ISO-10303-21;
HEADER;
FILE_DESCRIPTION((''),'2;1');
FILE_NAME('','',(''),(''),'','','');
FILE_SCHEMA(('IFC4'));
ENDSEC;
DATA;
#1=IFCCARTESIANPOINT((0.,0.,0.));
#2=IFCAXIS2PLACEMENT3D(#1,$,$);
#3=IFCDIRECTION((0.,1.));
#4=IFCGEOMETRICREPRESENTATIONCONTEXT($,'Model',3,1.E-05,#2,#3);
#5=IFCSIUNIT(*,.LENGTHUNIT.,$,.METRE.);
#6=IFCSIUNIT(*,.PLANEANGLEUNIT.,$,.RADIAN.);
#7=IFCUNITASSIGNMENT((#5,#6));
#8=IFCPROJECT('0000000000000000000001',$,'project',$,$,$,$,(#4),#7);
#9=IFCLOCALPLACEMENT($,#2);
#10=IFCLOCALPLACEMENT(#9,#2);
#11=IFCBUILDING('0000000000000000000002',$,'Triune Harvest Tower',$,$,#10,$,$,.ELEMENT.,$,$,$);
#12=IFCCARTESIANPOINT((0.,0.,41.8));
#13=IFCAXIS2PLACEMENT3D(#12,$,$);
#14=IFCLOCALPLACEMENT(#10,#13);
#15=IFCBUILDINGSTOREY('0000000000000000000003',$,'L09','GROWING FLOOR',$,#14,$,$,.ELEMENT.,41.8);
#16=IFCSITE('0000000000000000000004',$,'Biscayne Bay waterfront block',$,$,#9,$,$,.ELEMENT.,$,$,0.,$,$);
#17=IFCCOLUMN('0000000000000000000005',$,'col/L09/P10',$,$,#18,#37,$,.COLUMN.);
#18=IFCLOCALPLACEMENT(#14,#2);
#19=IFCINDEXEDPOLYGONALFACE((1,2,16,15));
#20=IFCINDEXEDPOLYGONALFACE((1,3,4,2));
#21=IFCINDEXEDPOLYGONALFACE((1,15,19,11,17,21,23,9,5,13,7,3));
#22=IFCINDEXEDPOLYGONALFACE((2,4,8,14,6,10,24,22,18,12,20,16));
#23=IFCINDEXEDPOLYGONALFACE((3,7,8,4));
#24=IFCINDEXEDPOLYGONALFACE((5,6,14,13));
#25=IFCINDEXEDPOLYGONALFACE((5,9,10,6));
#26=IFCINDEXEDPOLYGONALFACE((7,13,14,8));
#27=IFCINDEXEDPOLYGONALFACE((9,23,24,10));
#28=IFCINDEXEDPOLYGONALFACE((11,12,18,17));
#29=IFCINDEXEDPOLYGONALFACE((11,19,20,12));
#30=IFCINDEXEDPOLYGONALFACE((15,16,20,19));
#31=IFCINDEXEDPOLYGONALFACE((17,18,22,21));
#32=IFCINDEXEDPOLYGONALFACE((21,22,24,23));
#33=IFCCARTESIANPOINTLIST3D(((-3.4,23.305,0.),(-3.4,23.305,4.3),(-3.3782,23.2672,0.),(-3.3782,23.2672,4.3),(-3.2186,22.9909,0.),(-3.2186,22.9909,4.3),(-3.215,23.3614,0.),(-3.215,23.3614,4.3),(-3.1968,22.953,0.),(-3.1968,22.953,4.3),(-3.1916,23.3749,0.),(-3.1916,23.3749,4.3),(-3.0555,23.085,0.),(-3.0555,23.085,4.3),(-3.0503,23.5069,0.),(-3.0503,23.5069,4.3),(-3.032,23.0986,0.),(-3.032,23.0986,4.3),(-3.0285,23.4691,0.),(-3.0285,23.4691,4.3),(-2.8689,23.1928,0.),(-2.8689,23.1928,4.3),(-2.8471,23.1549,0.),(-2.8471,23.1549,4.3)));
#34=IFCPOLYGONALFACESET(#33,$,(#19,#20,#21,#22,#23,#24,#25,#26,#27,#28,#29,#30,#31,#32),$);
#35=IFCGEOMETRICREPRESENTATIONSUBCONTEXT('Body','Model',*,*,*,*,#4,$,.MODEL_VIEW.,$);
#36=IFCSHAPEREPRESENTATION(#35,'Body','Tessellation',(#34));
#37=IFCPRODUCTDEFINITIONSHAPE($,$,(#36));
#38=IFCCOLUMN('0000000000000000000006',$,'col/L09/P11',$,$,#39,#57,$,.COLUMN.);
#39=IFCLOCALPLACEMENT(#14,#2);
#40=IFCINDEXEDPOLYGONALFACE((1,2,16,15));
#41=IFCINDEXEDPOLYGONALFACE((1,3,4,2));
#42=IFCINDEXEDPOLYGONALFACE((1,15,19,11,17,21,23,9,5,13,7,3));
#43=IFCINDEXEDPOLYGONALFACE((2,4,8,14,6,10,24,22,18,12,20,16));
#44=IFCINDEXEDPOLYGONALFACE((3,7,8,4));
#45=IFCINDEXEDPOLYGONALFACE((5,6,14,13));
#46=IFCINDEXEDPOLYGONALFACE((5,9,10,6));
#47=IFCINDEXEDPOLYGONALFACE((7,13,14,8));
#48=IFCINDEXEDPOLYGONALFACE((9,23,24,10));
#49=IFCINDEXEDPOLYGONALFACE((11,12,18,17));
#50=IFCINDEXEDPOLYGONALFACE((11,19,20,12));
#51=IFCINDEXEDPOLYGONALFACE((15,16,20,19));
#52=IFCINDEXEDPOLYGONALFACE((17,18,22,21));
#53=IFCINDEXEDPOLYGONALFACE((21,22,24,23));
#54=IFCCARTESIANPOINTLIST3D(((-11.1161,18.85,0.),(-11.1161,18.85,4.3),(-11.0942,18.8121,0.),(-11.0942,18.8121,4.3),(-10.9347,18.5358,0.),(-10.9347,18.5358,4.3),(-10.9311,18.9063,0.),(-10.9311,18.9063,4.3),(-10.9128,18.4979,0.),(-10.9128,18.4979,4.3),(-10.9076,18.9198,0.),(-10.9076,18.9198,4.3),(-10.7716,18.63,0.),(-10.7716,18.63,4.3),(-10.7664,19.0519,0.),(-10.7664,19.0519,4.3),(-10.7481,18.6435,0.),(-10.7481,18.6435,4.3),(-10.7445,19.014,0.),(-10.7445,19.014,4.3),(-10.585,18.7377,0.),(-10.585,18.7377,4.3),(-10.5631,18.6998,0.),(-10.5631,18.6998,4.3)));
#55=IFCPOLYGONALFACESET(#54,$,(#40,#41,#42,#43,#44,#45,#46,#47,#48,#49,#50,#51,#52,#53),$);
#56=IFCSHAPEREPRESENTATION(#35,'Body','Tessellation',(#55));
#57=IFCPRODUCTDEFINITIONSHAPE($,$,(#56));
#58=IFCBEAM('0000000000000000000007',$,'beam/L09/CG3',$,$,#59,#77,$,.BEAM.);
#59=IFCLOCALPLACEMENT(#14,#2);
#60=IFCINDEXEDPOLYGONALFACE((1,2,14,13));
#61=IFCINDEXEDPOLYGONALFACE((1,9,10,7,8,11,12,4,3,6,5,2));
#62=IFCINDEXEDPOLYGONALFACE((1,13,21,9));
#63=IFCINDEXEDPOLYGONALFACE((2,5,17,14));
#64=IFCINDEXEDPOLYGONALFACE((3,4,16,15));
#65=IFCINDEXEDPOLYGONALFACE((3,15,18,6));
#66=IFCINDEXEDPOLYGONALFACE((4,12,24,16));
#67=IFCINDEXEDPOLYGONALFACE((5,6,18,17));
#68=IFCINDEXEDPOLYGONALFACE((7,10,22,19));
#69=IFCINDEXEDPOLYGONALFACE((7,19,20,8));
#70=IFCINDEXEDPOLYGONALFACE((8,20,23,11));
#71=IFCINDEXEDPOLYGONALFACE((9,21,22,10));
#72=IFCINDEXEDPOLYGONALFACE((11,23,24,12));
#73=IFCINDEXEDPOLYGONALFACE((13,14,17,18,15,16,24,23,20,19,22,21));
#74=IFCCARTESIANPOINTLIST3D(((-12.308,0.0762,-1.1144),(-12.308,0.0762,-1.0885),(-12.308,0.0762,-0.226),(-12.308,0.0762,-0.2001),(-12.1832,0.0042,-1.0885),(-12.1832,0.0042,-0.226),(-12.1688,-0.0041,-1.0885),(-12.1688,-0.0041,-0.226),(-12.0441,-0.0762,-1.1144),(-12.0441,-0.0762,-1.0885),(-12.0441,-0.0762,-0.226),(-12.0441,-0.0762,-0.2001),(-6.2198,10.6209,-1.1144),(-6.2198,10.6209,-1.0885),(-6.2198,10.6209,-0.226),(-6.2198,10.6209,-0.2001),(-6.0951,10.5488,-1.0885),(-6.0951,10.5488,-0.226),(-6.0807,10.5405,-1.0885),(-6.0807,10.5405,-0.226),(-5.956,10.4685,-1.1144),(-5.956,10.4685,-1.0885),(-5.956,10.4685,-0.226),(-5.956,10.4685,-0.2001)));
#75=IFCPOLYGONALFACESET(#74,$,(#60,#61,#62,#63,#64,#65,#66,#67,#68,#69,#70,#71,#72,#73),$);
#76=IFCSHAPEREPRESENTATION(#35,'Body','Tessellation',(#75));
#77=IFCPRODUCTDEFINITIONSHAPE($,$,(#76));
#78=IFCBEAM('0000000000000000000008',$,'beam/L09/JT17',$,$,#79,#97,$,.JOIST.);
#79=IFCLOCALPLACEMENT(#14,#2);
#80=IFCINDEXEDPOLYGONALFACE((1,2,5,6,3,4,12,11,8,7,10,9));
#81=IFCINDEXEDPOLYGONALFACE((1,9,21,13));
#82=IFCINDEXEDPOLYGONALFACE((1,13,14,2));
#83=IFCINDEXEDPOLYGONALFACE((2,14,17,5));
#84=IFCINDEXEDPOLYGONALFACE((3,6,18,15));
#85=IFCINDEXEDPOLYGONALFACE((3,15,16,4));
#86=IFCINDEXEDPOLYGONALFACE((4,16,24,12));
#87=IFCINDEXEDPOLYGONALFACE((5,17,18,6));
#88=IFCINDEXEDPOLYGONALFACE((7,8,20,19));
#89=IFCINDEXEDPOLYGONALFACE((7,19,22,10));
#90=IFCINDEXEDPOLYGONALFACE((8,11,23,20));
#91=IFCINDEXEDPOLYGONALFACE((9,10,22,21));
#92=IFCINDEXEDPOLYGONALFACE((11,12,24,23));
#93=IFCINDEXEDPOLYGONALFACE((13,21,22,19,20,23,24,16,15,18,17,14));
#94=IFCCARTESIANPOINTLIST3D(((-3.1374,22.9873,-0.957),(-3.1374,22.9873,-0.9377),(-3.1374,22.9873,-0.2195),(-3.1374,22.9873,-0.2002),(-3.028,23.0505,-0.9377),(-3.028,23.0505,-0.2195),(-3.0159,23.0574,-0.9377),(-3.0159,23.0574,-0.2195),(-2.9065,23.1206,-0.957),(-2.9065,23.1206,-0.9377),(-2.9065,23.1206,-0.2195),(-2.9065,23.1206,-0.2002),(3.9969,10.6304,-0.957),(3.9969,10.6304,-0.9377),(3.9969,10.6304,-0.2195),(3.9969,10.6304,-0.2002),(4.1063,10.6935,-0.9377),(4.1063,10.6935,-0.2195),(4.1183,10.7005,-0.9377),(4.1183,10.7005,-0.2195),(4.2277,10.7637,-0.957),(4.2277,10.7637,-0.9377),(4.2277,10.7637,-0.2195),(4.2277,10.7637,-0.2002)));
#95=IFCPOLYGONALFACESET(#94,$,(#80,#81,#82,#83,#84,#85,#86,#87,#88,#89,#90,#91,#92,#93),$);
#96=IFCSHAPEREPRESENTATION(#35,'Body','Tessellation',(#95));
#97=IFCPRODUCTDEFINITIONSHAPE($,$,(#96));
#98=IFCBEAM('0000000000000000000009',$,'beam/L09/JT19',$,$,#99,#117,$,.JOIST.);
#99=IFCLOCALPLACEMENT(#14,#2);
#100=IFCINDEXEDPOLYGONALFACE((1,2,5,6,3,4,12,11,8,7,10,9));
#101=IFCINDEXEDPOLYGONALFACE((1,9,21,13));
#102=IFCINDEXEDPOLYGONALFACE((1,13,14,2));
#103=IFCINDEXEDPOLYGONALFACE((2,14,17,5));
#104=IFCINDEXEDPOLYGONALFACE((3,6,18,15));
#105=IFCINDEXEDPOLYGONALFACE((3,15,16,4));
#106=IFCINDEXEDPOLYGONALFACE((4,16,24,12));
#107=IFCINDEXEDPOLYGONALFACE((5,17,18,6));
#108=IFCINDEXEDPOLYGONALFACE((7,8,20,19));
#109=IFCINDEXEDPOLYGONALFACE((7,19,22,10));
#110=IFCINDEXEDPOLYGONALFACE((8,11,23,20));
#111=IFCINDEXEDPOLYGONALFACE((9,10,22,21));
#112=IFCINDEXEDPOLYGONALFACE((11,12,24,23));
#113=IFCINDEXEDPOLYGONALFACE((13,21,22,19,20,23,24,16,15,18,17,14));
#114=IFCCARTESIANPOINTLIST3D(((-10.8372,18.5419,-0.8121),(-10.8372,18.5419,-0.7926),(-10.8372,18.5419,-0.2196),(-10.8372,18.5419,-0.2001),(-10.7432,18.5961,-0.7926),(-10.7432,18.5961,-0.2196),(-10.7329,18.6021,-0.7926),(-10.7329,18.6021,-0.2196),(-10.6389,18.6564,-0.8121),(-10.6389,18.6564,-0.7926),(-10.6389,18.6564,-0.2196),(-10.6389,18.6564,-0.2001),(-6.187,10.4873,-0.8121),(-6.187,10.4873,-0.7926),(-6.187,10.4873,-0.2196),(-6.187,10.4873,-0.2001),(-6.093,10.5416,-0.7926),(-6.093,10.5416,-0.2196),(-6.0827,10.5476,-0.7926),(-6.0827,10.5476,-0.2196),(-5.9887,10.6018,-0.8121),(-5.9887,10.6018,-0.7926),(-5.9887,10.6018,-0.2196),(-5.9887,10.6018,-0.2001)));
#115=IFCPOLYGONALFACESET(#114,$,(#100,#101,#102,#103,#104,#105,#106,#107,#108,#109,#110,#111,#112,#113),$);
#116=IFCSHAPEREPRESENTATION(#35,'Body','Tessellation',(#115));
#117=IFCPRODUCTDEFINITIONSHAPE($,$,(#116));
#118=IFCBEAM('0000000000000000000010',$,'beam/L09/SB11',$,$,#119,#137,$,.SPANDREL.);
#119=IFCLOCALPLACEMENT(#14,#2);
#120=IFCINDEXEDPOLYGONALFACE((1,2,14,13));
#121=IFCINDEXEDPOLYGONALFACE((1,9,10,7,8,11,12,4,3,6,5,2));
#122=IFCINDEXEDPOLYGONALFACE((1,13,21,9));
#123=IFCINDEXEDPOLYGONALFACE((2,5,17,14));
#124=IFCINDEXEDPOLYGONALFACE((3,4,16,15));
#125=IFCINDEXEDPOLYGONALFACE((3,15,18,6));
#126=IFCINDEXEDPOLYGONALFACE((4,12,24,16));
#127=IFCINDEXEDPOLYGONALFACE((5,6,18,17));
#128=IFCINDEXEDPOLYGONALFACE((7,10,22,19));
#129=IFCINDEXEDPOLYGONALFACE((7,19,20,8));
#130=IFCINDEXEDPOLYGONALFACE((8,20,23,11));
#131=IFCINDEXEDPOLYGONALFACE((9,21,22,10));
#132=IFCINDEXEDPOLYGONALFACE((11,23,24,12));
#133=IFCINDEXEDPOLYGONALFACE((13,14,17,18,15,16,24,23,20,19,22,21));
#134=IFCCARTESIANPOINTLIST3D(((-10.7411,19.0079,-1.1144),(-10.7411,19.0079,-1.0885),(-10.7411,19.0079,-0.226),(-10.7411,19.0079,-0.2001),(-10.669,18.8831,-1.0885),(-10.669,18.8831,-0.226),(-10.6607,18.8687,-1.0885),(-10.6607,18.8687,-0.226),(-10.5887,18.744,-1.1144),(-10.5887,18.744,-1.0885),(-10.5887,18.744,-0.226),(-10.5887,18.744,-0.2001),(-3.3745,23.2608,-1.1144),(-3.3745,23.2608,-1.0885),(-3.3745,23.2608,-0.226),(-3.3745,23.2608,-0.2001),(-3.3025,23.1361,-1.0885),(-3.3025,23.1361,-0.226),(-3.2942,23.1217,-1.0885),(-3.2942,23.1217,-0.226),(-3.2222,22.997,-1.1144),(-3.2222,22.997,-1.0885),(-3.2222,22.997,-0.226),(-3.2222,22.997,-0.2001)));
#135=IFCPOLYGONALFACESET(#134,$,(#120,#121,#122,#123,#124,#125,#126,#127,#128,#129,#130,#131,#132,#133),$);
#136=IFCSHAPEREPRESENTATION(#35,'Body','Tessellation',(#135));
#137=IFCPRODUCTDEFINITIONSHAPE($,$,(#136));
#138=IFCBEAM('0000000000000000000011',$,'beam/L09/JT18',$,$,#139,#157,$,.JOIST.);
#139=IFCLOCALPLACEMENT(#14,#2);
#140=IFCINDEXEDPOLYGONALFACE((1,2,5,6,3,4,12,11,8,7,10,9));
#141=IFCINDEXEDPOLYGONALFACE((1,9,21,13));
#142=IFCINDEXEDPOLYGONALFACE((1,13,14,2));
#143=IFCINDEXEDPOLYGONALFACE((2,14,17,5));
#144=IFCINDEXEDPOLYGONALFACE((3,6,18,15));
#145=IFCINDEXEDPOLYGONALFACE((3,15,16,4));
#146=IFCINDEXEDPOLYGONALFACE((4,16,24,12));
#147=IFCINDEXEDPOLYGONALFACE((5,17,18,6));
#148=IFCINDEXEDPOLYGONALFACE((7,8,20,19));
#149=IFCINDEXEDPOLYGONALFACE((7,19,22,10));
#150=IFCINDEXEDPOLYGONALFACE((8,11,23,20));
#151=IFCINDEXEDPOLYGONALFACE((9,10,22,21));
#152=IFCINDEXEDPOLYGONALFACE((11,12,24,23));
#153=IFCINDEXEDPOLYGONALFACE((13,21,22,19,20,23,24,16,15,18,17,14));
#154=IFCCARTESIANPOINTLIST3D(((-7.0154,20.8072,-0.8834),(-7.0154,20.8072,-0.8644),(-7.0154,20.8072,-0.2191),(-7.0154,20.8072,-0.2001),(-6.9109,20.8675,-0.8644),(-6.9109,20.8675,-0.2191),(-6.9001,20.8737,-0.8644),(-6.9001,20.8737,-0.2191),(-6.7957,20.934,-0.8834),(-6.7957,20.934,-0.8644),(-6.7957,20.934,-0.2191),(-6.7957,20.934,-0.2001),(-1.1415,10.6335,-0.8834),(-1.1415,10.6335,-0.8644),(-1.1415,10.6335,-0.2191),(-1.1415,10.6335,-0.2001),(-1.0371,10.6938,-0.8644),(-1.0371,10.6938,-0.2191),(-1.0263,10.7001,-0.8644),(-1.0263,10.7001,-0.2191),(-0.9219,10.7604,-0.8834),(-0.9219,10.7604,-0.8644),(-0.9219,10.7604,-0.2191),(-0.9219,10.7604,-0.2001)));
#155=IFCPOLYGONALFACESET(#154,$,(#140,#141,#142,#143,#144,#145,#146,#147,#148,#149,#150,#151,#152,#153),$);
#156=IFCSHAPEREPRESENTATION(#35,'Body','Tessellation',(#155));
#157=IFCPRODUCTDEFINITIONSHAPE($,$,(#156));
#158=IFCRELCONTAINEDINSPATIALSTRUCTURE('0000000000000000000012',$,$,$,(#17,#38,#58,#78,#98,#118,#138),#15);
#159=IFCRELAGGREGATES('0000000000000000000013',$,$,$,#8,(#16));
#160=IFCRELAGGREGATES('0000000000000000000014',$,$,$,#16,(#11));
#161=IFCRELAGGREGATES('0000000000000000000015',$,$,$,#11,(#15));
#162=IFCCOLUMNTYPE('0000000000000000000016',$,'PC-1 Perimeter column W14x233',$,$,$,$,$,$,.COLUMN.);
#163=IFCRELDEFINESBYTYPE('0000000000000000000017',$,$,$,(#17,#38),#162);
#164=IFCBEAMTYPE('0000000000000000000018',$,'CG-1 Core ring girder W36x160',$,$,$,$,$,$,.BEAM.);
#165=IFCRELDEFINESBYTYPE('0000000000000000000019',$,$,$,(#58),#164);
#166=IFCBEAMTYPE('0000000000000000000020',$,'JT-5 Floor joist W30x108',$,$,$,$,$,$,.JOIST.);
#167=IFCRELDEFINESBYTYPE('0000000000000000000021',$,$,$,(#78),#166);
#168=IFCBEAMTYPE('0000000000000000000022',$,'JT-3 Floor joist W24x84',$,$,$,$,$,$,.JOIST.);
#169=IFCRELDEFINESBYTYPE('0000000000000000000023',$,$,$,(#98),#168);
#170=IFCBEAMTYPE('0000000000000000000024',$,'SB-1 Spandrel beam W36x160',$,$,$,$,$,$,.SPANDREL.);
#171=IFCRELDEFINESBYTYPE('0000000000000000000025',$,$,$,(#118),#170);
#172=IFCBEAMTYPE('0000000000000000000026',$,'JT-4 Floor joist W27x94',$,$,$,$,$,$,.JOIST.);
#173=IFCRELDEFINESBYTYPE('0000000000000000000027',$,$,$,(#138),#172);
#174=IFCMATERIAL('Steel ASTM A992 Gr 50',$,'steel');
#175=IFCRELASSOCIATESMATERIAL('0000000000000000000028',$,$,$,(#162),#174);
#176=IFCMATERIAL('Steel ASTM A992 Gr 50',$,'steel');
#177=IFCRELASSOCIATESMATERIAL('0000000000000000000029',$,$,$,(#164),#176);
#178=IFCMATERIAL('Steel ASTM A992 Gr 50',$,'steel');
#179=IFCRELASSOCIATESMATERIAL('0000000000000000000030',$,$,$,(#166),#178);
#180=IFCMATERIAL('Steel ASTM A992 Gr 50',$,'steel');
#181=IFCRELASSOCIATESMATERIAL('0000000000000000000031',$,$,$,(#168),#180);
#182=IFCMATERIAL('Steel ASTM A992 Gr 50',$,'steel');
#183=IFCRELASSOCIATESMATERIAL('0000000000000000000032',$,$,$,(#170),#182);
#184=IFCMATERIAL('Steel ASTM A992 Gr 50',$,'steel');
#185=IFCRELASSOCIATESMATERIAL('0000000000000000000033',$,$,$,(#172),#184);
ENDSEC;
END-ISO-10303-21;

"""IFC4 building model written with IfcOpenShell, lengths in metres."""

from ifc_helpers import new_model, si_unit, direction, frame, origin, origin_2d, place, context, subcontext, project, spatial, i_section, extrude, source, transform, mapped, material, material_profile, profile_set, type_object, element, save


model = new_model("IFC4")

# Units and contexts
model_context = context("Model", 3, precision=1e-05, world=origin(), true_north=direction((0.0, 1.0)))
body_context = subcontext(model_context, "Body", "Model", "MODEL_VIEW")
ifc_project = project(units=[si_unit("LENGTHUNIT", "METRE"), si_unit("PLANEANGLEUNIT", "RADIAN")], contexts=[model_context])

# Site, building, storey
site_placement = place(None, origin())
site = spatial("IfcSite", under=ifc_project, at=site_placement, Name="Biscayne Bay waterfront block", CompositionType="ELEMENT", RefElevation=0.0)
building_placement = place(site_placement, origin())
building = spatial("IfcBuilding", under=site, at=building_placement, Name="Triune Harvest Tower", CompositionType="ELEMENT")
storey_placement = place(building_placement, frame((0.0, 0.0, 41.8)))
storey = spatial("IfcBuildingStorey", under=building, at=storey_placement, Name="L09", Description="GROWING FLOOR", CompositionType="ELEMENT", Elevation=41.8)

# Columns
ifc_material_1 = material(Name="Steel ASTM A992 Gr 50", Category="steel")
ifc_material_profile_1 = material_profile(ifc_material_1, i_section(OverallWidth=0.4038, OverallDepth=0.4065, WebThickness=0.0271, FlangeThickness=0.0437, at=origin_2d()), Name="W14x233")
ifc_profile_set_1 = profile_set([ifc_material_profile_1], Name="Steel ASTM A992 Gr 50")
column_type = type_object("IfcColumnType", Name="PC-1 Perimeter column W14x233", PredefinedType="COLUMN", material=ifc_profile_set_1)
shared_shape_1 = source(origin(), body_context, "Body", "SweptSolid", [
    extrude(i_section(OverallWidth=0.4038, OverallDepth=0.4065, WebThickness=0.0271, FlangeThickness=0.0437, at=origin_2d()), origin(), (0.0, 0.0, 1.0), 4.3),
])
for number, where, z_axis, x_axis, name in (
    (1, (-3.1235, 23.23, 0.0), (0.0, 0.0, 1.0), (-0.866025, -0.5, 0.0), "col/L09/P10"),
    (2, (-10.8396, 18.7749, 0.0), (0.0, 0.0, 1.0), (-0.866025, -0.5, 0.0), "col/L09/P11"),
):
    element("IfcColumn", number, at=place(storey_placement, frame(where, z_axis=z_axis, x_axis=x_axis)), inside=storey, type_object=column_type, Name=name, PredefinedType="COLUMN", context=body_context, shape_type="MappedRepresentation", body=[
        mapped(shared_shape_1, transform((0.0, 0.0, 0.0), scale=1.0)),
    ])

# Beams
ifc_material_2 = material(Name="Steel ASTM A992 Gr 50", Category="steel")
ifc_material_profile_2 = material_profile(ifc_material_2, i_section(OverallWidth=0.3047, OverallDepth=0.9143, WebThickness=0.0166, FlangeThickness=0.0259, at=origin_2d()), Name="W36x160")
ifc_profile_set_2 = profile_set([ifc_material_profile_2], Name="Steel ASTM A992 Gr 50")
beam_type_1 = type_object("IfcBeamType", Name="CG-1 Core ring girder W36x160", PredefinedType="BEAM", material=ifc_profile_set_2)
shared_shape_2 = source(origin(), body_context, "Body", "SweptSolid", [
    extrude(i_section(OverallWidth=0.3047, OverallDepth=0.9143, WebThickness=0.0166, FlangeThickness=0.0259, at=origin_2d()), origin(), (0.0, 0.0, 1.0), 12.176),
])
beam_1_placement = place(storey_placement, frame((-6.0879, 10.5447, -0.6572), z_axis=(-0.50001, -0.86602, 0.0), x_axis=(0.86602, -0.50001, 0.0)))
element("IfcBeam", 3, at=beam_1_placement, inside=storey, type_object=beam_type_1, Name="beam/L09/CG3", PredefinedType="BEAM", context=body_context, shape_type="MappedRepresentation", body=[
    mapped(shared_shape_2, transform((0.0, 0.0, 0.0), scale=1.0)),
])
ifc_material_3 = material(Name="Steel ASTM A992 Gr 50", Category="steel")
ifc_material_profile_3 = material_profile(ifc_material_3, i_section(OverallWidth=0.2666, OverallDepth=0.7568, WebThickness=0.0139, FlangeThickness=0.0193, at=origin_2d()), Name="W30x108")
ifc_profile_set_3 = profile_set([ifc_material_profile_3], Name="Steel ASTM A992 Gr 50")
beam_type_2 = type_object("IfcBeamType", Name="JT-5 Floor joist W30x108", PredefinedType="JOIST", material=ifc_profile_set_3)
shared_shape_3 = source(origin(), body_context, "Body", "SweptSolid", [
    extrude(i_section(OverallWidth=0.2666, OverallDepth=0.7568, WebThickness=0.0139, FlangeThickness=0.0193, at=origin_2d()), origin(), (0.0, 0.0, 1.0), 14.2686),
])
beam_2_placement = place(storey_placement, frame((-3.022, 23.054, -0.5786), z_axis=(0.5, -0.866025, 0.0), x_axis=(0.866025, 0.5, 0.0)))
element("IfcBeam", 4, at=beam_2_placement, inside=storey, type_object=beam_type_2, Name="beam/L09/JT17", PredefinedType="JOIST", context=body_context, shape_type="MappedRepresentation", body=[
    mapped(shared_shape_3, transform((0.0, 0.0, 0.0), scale=1.0)),
])
ifc_material_4 = material(Name="Steel ASTM A992 Gr 50", Category="steel")
ifc_material_profile_4 = material_profile(ifc_material_4, i_section(OverallWidth=0.229, OverallDepth=0.6121, WebThickness=0.012, FlangeThickness=0.0195, at=origin_2d()), Name="W24x84")
ifc_profile_set_4 = profile_set([ifc_material_profile_4], Name="Steel ASTM A992 Gr 50")
beam_type_3 = type_object("IfcBeamType", Name="JT-3 Floor joist W24x84", PredefinedType="JOIST", material=ifc_profile_set_4)
shared_shape_4 = source(origin(), body_context, "Body", "SweptSolid", [
    extrude(i_section(OverallWidth=0.229, OverallDepth=0.6121, WebThickness=0.012, FlangeThickness=0.0195, at=origin_2d()), origin(), (0.0, 0.0, 1.0), 9.3005),
])
beam_3_placement = place(storey_placement, frame((-10.738, 18.5991, -0.5061), z_axis=(0.499993, -0.86603, 0.0), x_axis=(0.86603, 0.499993, 0.0)))
element("IfcBeam", 5, at=beam_3_placement, inside=storey, type_object=beam_type_3, Name="beam/L09/JT19", PredefinedType="JOIST", context=body_context, shape_type="MappedRepresentation", body=[
    mapped(shared_shape_4, transform((0.0, 0.0, 0.0), scale=1.0)),
])
ifc_material_5 = material(Name="Steel ASTM A992 Gr 50", Category="steel")
ifc_material_profile_5 = material_profile(ifc_material_5, i_section(OverallWidth=0.3047, OverallDepth=0.9143, WebThickness=0.0166, FlangeThickness=0.0259, at=origin_2d()), Name="W36x160")
ifc_profile_set_5 = profile_set([ifc_material_profile_5], Name="Steel ASTM A992 Gr 50")
beam_type_4 = type_object("IfcBeamType", Name="SB-1 Spandrel beam W36x160", PredefinedType="SPANDREL", material=ifc_profile_set_5)
shared_shape_5 = source(origin(), body_context, "Body", "SweptSolid", [
    extrude(i_section(OverallWidth=0.3047, OverallDepth=0.9143, WebThickness=0.0166, FlangeThickness=0.0259, at=origin_2d()), origin(), (0.0, 0.0, 1.0), 8.5061),
])
beam_4_placement = place(storey_placement, frame((-3.2983, 23.1289, -0.6572), z_axis=(-0.86603, -0.499992, 0.0), x_axis=(0.499992, -0.86603, 0.0)))
element("IfcBeam", 6, at=beam_4_placement, inside=storey, type_object=beam_type_4, Name="beam/L09/SB11", PredefinedType="SPANDREL", context=body_context, shape_type="MappedRepresentation", body=[
    mapped(shared_shape_5, transform((0.0, 0.0, 0.0), scale=1.0)),
])
ifc_material_6 = material(Name="Steel ASTM A992 Gr 50", Category="steel")
ifc_material_profile_6 = material_profile(ifc_material_6, i_section(OverallWidth=0.2537, OverallDepth=0.6833, WebThickness=0.0125, FlangeThickness=0.019, at=origin_2d()), Name="W27x94")
ifc_profile_set_6 = profile_set([ifc_material_profile_6], Name="Steel ASTM A992 Gr 50")
beam_type_5 = type_object("IfcBeamType", Name="JT-4 Floor joist W27x94", PredefinedType="JOIST", material=ifc_profile_set_6)
shared_shape_6 = source(origin(), body_context, "Body", "SweptSolid", [
    extrude(i_section(OverallWidth=0.2537, OverallDepth=0.6833, WebThickness=0.0125, FlangeThickness=0.019, at=origin_2d()), origin(), (0.0, 0.0, 1.0), 11.7476),
])
beam_5_placement = place(storey_placement, frame((-6.9055, 20.8706, -0.5417), z_axis=(0.500004, -0.866023, 0.0), x_axis=(0.866023, 0.500004, 0.0)))
element("IfcBeam", 7, at=beam_5_placement, inside=storey, type_object=beam_type_5, Name="beam/L09/JT18", PredefinedType="JOIST", context=body_context, shape_type="MappedRepresentation", body=[
    mapped(shared_shape_6, transform((0.0, 0.0, 0.0), scale=1.0)),
])

save(model, "model.ifc")
